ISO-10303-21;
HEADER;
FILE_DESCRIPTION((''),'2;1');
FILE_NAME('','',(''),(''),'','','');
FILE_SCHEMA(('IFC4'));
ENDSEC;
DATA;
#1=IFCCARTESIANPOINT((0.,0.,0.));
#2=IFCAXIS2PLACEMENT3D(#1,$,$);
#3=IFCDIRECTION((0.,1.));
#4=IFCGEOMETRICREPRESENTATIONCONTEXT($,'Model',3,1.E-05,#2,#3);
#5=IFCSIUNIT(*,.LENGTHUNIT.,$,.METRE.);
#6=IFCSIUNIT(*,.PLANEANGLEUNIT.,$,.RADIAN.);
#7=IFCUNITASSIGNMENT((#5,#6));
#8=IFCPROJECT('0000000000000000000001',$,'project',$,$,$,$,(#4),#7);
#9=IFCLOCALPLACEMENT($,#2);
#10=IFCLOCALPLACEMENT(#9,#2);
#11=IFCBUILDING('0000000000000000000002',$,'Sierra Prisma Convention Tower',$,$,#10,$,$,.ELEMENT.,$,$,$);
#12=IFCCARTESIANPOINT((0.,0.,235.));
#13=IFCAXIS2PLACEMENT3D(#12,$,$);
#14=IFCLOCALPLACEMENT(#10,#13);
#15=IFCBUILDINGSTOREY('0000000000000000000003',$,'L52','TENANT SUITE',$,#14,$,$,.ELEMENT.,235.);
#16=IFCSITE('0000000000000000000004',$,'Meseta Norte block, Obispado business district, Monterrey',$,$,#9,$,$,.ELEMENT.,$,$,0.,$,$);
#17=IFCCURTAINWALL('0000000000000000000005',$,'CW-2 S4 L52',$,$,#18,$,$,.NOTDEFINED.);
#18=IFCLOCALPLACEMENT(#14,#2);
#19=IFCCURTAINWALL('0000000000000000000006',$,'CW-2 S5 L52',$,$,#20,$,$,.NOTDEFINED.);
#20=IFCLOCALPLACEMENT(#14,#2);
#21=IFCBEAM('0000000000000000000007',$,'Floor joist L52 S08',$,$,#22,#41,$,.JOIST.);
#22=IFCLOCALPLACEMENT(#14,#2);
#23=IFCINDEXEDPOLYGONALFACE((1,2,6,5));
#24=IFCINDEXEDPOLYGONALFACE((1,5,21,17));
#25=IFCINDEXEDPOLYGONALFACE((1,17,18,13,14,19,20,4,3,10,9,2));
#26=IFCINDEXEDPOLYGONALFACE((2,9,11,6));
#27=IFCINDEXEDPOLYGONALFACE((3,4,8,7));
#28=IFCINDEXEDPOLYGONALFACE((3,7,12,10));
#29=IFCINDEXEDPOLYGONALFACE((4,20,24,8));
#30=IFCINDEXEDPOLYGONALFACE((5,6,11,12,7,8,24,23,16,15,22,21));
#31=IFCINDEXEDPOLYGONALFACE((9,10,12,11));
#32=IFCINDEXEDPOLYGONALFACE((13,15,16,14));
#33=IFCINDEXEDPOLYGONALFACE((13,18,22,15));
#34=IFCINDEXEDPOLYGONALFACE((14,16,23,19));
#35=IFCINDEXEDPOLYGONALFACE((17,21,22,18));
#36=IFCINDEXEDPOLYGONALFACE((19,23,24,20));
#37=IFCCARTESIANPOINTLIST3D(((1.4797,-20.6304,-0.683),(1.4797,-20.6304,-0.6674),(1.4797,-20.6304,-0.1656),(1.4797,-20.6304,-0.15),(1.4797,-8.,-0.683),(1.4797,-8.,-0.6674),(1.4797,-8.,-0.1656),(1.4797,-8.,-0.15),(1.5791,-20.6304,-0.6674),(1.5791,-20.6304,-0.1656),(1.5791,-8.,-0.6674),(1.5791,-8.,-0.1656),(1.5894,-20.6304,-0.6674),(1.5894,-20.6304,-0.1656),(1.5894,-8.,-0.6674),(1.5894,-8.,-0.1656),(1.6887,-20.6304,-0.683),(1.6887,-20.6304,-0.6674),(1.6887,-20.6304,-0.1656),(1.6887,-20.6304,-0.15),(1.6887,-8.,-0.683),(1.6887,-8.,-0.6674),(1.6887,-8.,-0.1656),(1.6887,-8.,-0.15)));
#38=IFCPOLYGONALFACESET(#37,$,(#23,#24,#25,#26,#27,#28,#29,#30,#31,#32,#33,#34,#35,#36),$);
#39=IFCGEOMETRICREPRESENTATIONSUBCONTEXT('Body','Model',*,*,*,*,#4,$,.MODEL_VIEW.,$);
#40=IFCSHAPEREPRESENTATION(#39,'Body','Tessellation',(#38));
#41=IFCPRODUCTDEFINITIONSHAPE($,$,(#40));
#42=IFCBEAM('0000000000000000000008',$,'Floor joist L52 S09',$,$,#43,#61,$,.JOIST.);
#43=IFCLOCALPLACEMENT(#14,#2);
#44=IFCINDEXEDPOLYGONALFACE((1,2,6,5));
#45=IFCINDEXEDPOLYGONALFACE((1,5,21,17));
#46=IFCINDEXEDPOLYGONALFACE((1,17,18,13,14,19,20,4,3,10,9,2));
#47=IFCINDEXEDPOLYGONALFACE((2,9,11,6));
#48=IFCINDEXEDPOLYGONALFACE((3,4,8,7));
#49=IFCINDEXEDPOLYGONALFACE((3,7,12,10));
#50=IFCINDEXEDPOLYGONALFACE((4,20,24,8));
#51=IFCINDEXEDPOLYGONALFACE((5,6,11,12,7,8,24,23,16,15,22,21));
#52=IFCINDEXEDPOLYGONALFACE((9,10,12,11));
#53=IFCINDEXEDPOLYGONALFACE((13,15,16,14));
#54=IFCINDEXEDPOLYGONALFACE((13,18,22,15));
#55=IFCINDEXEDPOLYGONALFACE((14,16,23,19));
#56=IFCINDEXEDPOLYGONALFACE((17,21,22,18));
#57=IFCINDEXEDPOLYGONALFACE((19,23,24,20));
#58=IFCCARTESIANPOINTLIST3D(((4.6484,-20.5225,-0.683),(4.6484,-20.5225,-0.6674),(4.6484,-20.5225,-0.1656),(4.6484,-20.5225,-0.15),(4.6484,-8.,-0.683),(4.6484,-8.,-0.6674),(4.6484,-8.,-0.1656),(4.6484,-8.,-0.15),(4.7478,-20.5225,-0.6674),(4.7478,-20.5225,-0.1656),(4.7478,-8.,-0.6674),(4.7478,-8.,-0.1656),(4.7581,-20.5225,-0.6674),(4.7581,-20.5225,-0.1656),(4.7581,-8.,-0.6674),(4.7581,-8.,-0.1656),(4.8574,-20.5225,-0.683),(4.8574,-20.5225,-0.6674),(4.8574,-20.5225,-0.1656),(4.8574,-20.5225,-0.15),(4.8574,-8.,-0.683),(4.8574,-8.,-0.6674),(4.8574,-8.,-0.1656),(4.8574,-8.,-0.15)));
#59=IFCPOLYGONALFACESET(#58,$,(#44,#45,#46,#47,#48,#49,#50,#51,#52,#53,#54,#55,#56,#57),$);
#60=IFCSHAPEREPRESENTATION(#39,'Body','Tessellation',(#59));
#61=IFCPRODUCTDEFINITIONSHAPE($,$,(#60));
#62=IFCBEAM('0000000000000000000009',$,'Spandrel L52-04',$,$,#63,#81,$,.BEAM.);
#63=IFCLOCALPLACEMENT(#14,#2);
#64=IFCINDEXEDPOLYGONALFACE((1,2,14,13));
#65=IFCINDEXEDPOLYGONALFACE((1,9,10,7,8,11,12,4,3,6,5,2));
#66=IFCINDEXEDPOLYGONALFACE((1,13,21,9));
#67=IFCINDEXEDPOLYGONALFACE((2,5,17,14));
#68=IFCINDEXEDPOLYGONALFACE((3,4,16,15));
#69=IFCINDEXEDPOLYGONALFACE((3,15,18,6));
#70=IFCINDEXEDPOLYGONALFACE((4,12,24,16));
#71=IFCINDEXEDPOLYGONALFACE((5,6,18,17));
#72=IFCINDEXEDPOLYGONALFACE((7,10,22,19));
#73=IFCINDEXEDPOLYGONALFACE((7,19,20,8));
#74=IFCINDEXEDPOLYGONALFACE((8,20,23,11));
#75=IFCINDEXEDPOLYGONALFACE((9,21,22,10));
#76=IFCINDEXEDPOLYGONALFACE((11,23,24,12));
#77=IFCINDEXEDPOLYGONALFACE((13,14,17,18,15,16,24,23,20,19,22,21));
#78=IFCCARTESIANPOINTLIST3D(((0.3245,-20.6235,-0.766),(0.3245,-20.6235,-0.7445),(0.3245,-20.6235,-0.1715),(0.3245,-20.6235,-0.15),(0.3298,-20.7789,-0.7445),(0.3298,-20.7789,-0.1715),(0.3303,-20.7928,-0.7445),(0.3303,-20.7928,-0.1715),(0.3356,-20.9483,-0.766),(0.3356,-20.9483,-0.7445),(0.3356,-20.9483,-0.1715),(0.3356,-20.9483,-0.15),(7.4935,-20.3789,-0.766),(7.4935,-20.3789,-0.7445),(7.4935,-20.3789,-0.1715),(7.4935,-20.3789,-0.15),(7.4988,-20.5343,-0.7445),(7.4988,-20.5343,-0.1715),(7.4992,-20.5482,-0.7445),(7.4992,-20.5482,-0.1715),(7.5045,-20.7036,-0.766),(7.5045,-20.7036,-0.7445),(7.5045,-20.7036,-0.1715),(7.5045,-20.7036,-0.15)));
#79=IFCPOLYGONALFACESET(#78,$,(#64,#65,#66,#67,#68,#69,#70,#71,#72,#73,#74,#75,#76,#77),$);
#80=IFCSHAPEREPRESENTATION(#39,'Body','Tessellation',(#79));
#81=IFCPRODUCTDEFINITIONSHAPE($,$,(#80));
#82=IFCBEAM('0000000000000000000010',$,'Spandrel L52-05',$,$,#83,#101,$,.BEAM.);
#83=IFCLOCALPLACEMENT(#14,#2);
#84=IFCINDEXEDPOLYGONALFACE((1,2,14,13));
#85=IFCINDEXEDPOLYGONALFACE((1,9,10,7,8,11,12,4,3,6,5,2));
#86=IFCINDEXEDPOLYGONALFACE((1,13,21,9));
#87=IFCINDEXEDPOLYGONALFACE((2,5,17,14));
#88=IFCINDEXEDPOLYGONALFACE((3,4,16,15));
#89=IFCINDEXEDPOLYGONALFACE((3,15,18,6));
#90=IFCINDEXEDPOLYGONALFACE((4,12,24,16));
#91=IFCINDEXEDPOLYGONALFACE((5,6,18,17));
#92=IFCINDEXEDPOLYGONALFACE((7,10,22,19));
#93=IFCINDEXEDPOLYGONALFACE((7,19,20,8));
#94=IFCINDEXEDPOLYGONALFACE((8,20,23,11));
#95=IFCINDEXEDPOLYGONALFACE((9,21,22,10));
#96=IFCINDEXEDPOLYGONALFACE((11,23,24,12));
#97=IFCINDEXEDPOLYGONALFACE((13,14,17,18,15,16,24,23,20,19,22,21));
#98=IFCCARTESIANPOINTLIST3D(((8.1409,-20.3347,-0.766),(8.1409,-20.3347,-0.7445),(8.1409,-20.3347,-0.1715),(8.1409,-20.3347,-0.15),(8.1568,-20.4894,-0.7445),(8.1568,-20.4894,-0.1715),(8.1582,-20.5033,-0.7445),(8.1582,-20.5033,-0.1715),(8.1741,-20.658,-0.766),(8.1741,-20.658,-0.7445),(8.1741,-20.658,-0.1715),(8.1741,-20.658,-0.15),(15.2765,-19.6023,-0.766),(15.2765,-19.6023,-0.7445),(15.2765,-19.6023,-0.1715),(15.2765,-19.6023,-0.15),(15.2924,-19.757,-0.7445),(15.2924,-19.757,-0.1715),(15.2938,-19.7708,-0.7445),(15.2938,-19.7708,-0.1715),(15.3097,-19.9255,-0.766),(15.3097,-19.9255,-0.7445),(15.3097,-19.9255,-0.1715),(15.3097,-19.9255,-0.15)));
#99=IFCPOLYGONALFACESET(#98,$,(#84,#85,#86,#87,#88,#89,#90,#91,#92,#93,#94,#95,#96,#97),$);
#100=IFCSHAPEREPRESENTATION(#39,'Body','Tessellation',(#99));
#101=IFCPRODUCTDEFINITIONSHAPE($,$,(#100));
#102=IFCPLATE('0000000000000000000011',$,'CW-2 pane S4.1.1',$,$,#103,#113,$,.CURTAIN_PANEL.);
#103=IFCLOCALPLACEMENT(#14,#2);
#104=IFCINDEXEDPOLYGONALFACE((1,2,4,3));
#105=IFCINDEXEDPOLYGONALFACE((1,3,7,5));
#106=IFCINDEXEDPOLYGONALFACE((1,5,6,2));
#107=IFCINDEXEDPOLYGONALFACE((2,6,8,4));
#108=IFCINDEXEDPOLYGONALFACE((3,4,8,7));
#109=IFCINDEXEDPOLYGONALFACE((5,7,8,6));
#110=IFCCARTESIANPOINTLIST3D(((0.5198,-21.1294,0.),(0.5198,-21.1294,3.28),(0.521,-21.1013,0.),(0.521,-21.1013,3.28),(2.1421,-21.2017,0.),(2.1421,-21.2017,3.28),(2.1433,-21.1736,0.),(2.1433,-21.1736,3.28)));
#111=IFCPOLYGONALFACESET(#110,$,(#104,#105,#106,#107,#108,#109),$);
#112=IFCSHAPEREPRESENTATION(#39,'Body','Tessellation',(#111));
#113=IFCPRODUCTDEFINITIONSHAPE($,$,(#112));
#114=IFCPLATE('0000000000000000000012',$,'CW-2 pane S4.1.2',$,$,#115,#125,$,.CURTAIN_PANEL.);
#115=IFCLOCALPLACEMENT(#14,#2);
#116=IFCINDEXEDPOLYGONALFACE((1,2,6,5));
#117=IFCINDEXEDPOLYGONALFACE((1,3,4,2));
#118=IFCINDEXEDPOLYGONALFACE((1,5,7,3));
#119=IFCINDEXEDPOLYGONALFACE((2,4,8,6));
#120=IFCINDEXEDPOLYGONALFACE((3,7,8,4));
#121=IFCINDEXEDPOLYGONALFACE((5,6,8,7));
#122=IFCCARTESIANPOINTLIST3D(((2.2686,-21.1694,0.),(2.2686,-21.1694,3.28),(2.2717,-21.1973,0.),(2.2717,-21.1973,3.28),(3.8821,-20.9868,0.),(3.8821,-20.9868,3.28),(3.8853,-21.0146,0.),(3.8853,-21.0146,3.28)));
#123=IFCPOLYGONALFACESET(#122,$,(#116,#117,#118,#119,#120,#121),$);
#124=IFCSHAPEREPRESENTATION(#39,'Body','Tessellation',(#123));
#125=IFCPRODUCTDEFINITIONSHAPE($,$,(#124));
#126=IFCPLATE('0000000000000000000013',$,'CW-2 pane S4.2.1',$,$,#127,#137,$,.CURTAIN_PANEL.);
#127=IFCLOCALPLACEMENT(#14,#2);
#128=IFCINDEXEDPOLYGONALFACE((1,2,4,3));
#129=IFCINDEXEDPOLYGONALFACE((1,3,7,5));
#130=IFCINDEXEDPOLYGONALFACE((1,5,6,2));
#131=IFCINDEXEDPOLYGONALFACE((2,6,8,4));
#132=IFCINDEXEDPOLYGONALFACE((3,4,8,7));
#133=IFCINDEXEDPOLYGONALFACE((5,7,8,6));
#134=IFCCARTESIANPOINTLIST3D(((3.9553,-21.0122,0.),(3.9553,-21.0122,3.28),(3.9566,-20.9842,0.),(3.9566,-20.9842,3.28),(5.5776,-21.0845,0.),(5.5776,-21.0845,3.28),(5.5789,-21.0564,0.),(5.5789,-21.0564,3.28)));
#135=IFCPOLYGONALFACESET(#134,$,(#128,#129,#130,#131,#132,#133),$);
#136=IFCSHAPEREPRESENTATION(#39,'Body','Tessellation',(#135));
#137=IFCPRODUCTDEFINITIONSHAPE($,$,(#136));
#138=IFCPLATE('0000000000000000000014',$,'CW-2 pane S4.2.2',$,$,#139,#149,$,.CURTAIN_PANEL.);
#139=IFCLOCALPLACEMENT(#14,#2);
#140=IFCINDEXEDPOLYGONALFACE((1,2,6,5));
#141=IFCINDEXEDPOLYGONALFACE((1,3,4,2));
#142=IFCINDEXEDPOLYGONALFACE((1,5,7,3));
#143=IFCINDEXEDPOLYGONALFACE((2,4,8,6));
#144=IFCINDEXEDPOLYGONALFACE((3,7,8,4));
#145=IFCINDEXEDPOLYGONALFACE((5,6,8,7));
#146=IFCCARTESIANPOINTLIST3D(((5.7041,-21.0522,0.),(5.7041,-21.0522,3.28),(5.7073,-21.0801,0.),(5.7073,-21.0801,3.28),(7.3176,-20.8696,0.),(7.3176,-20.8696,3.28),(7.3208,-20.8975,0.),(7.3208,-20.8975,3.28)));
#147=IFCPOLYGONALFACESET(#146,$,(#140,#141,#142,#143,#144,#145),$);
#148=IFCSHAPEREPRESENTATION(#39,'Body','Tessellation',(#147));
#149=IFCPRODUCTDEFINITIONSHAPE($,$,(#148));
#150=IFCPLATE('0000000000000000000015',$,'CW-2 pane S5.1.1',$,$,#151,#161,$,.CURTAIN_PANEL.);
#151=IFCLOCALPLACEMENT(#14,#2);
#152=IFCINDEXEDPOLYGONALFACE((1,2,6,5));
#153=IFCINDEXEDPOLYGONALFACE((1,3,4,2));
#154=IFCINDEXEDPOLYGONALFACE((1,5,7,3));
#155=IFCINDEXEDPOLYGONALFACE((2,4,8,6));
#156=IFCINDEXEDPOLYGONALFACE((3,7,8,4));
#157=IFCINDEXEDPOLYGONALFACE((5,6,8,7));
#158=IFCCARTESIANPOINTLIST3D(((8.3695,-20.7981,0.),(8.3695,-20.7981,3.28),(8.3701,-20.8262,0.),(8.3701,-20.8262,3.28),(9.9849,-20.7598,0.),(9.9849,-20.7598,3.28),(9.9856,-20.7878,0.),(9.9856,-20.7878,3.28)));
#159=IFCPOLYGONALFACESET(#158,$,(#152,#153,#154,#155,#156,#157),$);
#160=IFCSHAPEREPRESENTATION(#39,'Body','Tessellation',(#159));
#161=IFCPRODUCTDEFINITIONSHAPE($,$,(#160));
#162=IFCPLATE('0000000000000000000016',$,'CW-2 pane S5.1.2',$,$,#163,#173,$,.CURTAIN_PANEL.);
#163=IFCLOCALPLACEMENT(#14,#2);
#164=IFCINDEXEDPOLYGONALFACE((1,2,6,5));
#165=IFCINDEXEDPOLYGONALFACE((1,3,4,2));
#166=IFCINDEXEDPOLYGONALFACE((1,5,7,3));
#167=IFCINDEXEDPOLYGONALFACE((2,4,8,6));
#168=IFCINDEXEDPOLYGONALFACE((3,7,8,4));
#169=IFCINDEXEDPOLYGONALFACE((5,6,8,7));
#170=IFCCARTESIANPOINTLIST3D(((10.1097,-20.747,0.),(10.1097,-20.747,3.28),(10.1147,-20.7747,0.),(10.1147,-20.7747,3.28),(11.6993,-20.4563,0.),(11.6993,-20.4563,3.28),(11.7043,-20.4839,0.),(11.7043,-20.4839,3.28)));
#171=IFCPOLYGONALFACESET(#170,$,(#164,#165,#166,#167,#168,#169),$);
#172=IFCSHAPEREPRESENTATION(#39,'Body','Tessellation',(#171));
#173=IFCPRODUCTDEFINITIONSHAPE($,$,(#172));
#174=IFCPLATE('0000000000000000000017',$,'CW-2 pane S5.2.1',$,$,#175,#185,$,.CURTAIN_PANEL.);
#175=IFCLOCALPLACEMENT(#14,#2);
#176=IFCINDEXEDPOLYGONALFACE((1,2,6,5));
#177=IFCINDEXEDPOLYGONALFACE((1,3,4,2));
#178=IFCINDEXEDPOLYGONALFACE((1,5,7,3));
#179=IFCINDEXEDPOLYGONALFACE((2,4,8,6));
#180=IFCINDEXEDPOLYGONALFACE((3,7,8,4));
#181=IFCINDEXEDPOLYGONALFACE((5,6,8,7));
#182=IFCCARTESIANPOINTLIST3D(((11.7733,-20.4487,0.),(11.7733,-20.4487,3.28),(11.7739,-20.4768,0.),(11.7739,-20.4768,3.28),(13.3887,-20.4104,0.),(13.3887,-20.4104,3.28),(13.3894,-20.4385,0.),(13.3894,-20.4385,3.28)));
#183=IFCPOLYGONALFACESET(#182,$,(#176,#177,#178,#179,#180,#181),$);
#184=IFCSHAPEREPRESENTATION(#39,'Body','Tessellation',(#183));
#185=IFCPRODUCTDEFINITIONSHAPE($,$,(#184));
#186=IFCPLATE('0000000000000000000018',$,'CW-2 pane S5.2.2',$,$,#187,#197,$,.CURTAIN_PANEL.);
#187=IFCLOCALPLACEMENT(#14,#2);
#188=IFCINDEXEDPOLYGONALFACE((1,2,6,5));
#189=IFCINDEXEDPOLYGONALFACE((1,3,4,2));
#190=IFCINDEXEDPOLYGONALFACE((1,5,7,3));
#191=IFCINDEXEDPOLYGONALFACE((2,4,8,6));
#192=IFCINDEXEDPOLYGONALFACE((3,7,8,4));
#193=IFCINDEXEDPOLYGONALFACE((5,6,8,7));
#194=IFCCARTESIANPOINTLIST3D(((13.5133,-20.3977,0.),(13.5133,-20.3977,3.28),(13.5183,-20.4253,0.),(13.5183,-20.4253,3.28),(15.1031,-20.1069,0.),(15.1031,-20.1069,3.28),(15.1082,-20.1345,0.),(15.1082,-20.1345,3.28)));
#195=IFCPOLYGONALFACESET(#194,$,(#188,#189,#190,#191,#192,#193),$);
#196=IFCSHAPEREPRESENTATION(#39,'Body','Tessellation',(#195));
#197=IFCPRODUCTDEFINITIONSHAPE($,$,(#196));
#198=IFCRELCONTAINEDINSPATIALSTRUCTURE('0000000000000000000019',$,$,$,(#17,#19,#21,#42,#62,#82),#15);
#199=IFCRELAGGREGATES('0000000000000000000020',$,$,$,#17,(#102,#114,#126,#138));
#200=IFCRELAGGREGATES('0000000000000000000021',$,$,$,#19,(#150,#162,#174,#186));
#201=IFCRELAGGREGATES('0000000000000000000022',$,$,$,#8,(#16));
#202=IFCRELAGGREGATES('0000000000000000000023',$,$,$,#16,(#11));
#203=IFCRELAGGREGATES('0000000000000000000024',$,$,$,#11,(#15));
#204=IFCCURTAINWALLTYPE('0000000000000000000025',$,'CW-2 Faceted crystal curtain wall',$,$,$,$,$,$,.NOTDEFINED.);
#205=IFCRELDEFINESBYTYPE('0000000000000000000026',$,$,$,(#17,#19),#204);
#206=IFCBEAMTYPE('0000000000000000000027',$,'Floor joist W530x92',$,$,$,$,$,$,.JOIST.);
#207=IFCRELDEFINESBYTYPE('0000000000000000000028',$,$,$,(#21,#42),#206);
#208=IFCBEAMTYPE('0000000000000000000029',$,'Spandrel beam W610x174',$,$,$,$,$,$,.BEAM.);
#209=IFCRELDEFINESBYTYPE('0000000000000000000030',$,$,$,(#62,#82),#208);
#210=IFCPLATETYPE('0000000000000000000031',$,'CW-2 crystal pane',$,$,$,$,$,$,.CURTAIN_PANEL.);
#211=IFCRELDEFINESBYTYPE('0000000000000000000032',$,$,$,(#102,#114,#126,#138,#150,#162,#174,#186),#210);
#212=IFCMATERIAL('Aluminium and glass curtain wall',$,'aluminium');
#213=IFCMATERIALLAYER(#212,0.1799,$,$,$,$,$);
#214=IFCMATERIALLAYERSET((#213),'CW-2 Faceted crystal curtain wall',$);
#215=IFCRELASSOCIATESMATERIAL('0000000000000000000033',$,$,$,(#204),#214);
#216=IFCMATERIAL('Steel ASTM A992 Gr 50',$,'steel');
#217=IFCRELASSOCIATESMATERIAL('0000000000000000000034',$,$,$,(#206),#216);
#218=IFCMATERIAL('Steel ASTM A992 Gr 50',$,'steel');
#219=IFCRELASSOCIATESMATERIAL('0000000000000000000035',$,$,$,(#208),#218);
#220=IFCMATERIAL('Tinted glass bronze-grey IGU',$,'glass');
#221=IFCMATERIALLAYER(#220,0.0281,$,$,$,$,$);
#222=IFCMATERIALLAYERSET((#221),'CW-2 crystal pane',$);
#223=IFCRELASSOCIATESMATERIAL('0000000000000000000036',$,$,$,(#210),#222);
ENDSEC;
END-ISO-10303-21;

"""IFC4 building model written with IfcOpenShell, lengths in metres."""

from ifc_helpers import new_model, si_unit, direction, frame, origin, origin_2d, place, context, subcontext, project, spatial, polyline, i_section, outline, extrude, material, layer, layer_set, material_profile, profile_set, type_object, element, aggregate, save


model = new_model("IFC4")

# Units and contexts
model_context = context("Model", 3, precision=1e-05, world=origin(), true_north=direction((0.0, 1.0)))
body_context = subcontext(model_context, "Body", "Model", "MODEL_VIEW")
ifc_project = project(units=[si_unit("LENGTHUNIT", "METRE"), si_unit("PLANEANGLEUNIT", "RADIAN")], contexts=[model_context])

# Site, building, storey
site_placement = place(None, origin())
site = spatial("IfcSite", under=ifc_project, at=site_placement, Name="Meseta Norte block, Obispado business district, Monterrey", CompositionType="ELEMENT", RefElevation=0.0)
building_placement = place(site_placement, origin())
building = spatial("IfcBuilding", under=site, at=building_placement, Name="Sierra Prisma Convention Tower", CompositionType="ELEMENT")
storey_placement = place(building_placement, frame((0.0, 0.0, 235.0)))
storey = spatial("IfcBuildingStorey", under=building, at=storey_placement, Name="L52", Description="TENANT SUITE", CompositionType="ELEMENT", Elevation=235.0)

# Curtain walls
ifc_material_1 = material(Name="Aluminium and glass curtain wall", Category="aluminium")
ifc_layer_1 = layer(ifc_material_1, 0.1799)
ifc_layer_set_1 = layer_set([ifc_layer_1], Name="CW-2 Faceted crystal curtain wall")
curtain_wall_type = type_object("IfcCurtainWallType", Name="CW-2 Faceted crystal curtain wall", PredefinedType="NOTDEFINED", material=ifc_layer_set_1)
curtain_wall_1_placement = place(storey_placement, origin())
curtain_wall_1 = element("IfcCurtainWall", 1, at=curtain_wall_1_placement, inside=storey, type_object=curtain_wall_type, Name="CW-2 S4 L52", PredefinedType="NOTDEFINED")
curtain_wall_2_placement = place(storey_placement, origin())
curtain_wall_2 = element("IfcCurtainWall", 2, at=curtain_wall_2_placement, inside=storey, type_object=curtain_wall_type, Name="CW-2 S5 L52", PredefinedType="NOTDEFINED")

# Beams
ifc_material_2 = material(Name="Steel ASTM A992 Gr 50", Category="steel")
ifc_material_profile_1 = material_profile(ifc_material_2, i_section(OverallWidth=0.209, OverallDepth=0.533, WebThickness=0.0103, FlangeThickness=0.0156, at=origin_2d()), Name="W530x92")
ifc_profile_set_1 = profile_set([ifc_material_profile_1], Name="Steel ASTM A992 Gr 50")
beam_type_1 = type_object("IfcBeamType", Name="Floor joist W530x92", PredefinedType="JOIST", material=ifc_profile_set_1)
beam_1_placement = place(storey_placement, frame((1.5842, -20.6304, -0.4165), z_axis=(0.0, 1.0, 0.0), x_axis=(-1.0, 0.0, 0.0)))
element("IfcBeam", 3, at=beam_1_placement, inside=storey, type_object=beam_type_1, Name="Floor joist L52 S08", PredefinedType="JOIST", context=body_context, shape_type="SweptSolid", body=[
    extrude(i_section(OverallWidth=0.209, OverallDepth=0.533, WebThickness=0.0103, FlangeThickness=0.0156, at=origin_2d()), origin(), (0.0, 0.0, 1.0), 12.6304),
])
beam_2_placement = place(storey_placement, frame((4.7529, -20.5225, -0.4165), z_axis=(0.0, 1.0, 0.0), x_axis=(-1.0, 0.0, 0.0)))
element("IfcBeam", 4, at=beam_2_placement, inside=storey, type_object=beam_type_1, Name="Floor joist L52 S09", PredefinedType="JOIST", context=body_context, shape_type="SweptSolid", body=[
    extrude(i_section(OverallWidth=0.209, OverallDepth=0.533, WebThickness=0.0103, FlangeThickness=0.0156, at=origin_2d()), origin(), (0.0, 0.0, 1.0), 12.5225),
])
ifc_material_3 = material(Name="Steel ASTM A992 Gr 50", Category="steel")
ifc_material_profile_2 = material_profile(ifc_material_3, i_section(OverallWidth=0.325, OverallDepth=0.616, WebThickness=0.0139, FlangeThickness=0.0215, at=origin_2d()), Name="W610x174")
ifc_profile_set_2 = profile_set([ifc_material_profile_2], Name="Steel ASTM A992 Gr 50")
beam_type_2 = type_object("IfcBeamType", Name="Spandrel beam W610x174", PredefinedType="BEAM", material=ifc_profile_set_2)
for number, where, z_axis, x_axis, name in (
    (5, (0.3301, -20.7859, -0.458), (0.999418, 0.034104, 0.0), (-0.034104, 0.999418, 0.0), "Spandrel L52-04"),
    (6, (8.1575, -20.4963, -0.458), (0.994773, 0.102108, 0.0), (-0.102108, 0.994773, 0.0), "Spandrel L52-05"),
):
    element("IfcBeam", number, at=place(storey_placement, frame(where, z_axis=z_axis, x_axis=x_axis)), inside=storey, type_object=beam_type_2, Name=name, PredefinedType="BEAM", context=body_context, shape_type="SweptSolid", body=[
        extrude(i_section(OverallWidth=0.325, OverallDepth=0.616, WebThickness=0.0139, FlangeThickness=0.0215, at=origin_2d()), origin(), (0.0, 0.0, 1.0), 7.1731),
    ])

# Plates
ifc_material_4 = material(Name="Tinted glass bronze-grey IGU", Category="glass")
ifc_layer_2 = layer(ifc_material_4, 0.0281)
ifc_layer_set_2 = layer_set([ifc_layer_2], Name="CW-2 crystal pane")
plate_type = type_object("IfcPlateType", Name="CW-2 crystal pane", PredefinedType="CURTAIN_PANEL", material=ifc_layer_set_2)
plate_1_placement = place(storey_placement, frame((0.5198, -21.1294, 0.0), z_axis=(-0.044501, -0.999009, 0.0), x_axis=(0.999009, -0.044501, 0.0)))
plate_1 = element("IfcPlate", 7, at=plate_1_placement, type_object=plate_type, Name="CW-2 pane S4.1.1", PredefinedType="CURTAIN_PANEL", context=body_context, shape_type="SweptSolid", body=[
    extrude(outline(polyline([(0.0, 0.0), (1.6239, 0.0), (1.6239, 3.28), (0.0, 3.28), (0.0, 0.0)])), origin(), (0.0, 0.0, -1.0), 0.0281),
])
plate_2_placement = place(storey_placement, frame((3.8853, -21.0146, 0.0), z_axis=(0.112461, -0.993656, 0.0), x_axis=(-0.993656, -0.112461, 0.0)))
plate_2 = element("IfcPlate", 8, at=plate_2_placement, type_object=plate_type, Name="CW-2 pane S4.1.2", PredefinedType="CURTAIN_PANEL", context=body_context, shape_type="SweptSolid", body=[
    extrude(outline(polyline([(0.0, 0.0), (1.6238, 0.0), (1.6238, -3.28), (0.0, -3.28), (0.0, 0.0)])), origin(), (0.0, 0.0, -1.0), 0.0281),
])
plate_3_placement = place(storey_placement, frame((3.9553, -21.0122, 0.0), z_axis=(-0.044501, -0.999009, 0.0), x_axis=(0.999009, -0.044501, 0.0)))
plate_3 = element("IfcPlate", 9, at=plate_3_placement, type_object=plate_type, Name="CW-2 pane S4.2.1", PredefinedType="CURTAIN_PANEL", context=body_context, shape_type="SweptSolid", body=[
    extrude(outline(polyline([(0.0, 0.0), (1.6239, 0.0), (1.6239, 3.28), (0.0, 3.28), (0.0, 0.0)])), origin(), (0.0, 0.0, -1.0), 0.0281),
])
plate_4_placement = place(storey_placement, frame((7.3208, -20.8975, 0.0), z_axis=(0.112461, -0.993656, 0.0), x_axis=(-0.993656, -0.112461, 0.0)))
plate_4 = element("IfcPlate", 10, at=plate_4_placement, type_object=plate_type, Name="CW-2 pane S4.2.2", PredefinedType="CURTAIN_PANEL", context=body_context, shape_type="SweptSolid", body=[
    extrude(outline(polyline([(0.0, 0.0), (1.6238, 0.0), (1.6238, -3.28), (0.0, -3.28), (0.0, 0.0)])), origin(), (0.0, 0.0, -1.0), 0.0281),
])
aggregate(curtain_wall_1, [plate_1, plate_2, plate_3, plate_4])
plate_5_placement = place(storey_placement, frame((8.3701, -20.8262, 0.0), z_axis=(0.02372, -0.999719, 0.0), x_axis=(0.999719, 0.02372, 0.0)))
plate_5 = element("IfcPlate", 11, at=plate_5_placement, type_object=plate_type, Name="CW-2 pane S5.1.1", PredefinedType="CURTAIN_PANEL", context=body_context, shape_type="SweptSolid", body=[
    extrude(outline(polyline([(0.0, 0.0), (1.6159, 0.0), (1.6159, 3.28), (0.0, 3.28), (0.0, 0.0)])), origin(), (0.0, 0.0, -1.0), 0.0281),
])
plate_6_placement = place(storey_placement, frame((11.7043, -20.4839, 0.0), z_axis=(0.179936, -0.983678, 0.0), x_axis=(-0.983678, -0.179936, 0.0)))
plate_6 = element("IfcPlate", 12, at=plate_6_placement, type_object=plate_type, Name="CW-2 pane S5.1.2", PredefinedType="CURTAIN_PANEL", context=body_context, shape_type="SweptSolid", body=[
    extrude(outline(polyline([(0.0, 0.0), (1.616, 0.0), (1.616, -3.28), (0.0, -3.28), (0.0, 0.0)])), origin(), (0.0, 0.0, -1.0), 0.0281),
])
plate_7_placement = place(storey_placement, frame((11.7739, -20.4768, 0.0), z_axis=(0.02372, -0.999719, 0.0), x_axis=(0.999719, 0.02372, 0.0)))
plate_7 = element("IfcPlate", 13, at=plate_7_placement, type_object=plate_type, Name="CW-2 pane S5.2.1", PredefinedType="CURTAIN_PANEL", context=body_context, shape_type="SweptSolid", body=[
    extrude(outline(polyline([(0.0, 0.0), (1.6159, 0.0), (1.6159, 3.28), (0.0, 3.28), (0.0, 0.0)])), origin(), (0.0, 0.0, -1.0), 0.0281),
])
plate_8_placement = place(storey_placement, frame((15.1082, -20.1345, 0.0), z_axis=(0.179909, -0.983683, 0.0), x_axis=(-0.983683, -0.179909, 0.0)))
plate_8 = element("IfcPlate", 14, at=plate_8_placement, type_object=plate_type, Name="CW-2 pane S5.2.2", PredefinedType="CURTAIN_PANEL", context=body_context, shape_type="SweptSolid", body=[
    extrude(outline(polyline([(0.0, 0.0), (1.6162, 0.0), (1.6162, -3.28), (0.0, -3.28), (0.0, 0.0)])), origin(), (0.0, 0.0, -1.0), 0.0281),
])
aggregate(curtain_wall_2, [plate_5, plate_6, plate_7, plate_8])

save(model, "model.ifc")
